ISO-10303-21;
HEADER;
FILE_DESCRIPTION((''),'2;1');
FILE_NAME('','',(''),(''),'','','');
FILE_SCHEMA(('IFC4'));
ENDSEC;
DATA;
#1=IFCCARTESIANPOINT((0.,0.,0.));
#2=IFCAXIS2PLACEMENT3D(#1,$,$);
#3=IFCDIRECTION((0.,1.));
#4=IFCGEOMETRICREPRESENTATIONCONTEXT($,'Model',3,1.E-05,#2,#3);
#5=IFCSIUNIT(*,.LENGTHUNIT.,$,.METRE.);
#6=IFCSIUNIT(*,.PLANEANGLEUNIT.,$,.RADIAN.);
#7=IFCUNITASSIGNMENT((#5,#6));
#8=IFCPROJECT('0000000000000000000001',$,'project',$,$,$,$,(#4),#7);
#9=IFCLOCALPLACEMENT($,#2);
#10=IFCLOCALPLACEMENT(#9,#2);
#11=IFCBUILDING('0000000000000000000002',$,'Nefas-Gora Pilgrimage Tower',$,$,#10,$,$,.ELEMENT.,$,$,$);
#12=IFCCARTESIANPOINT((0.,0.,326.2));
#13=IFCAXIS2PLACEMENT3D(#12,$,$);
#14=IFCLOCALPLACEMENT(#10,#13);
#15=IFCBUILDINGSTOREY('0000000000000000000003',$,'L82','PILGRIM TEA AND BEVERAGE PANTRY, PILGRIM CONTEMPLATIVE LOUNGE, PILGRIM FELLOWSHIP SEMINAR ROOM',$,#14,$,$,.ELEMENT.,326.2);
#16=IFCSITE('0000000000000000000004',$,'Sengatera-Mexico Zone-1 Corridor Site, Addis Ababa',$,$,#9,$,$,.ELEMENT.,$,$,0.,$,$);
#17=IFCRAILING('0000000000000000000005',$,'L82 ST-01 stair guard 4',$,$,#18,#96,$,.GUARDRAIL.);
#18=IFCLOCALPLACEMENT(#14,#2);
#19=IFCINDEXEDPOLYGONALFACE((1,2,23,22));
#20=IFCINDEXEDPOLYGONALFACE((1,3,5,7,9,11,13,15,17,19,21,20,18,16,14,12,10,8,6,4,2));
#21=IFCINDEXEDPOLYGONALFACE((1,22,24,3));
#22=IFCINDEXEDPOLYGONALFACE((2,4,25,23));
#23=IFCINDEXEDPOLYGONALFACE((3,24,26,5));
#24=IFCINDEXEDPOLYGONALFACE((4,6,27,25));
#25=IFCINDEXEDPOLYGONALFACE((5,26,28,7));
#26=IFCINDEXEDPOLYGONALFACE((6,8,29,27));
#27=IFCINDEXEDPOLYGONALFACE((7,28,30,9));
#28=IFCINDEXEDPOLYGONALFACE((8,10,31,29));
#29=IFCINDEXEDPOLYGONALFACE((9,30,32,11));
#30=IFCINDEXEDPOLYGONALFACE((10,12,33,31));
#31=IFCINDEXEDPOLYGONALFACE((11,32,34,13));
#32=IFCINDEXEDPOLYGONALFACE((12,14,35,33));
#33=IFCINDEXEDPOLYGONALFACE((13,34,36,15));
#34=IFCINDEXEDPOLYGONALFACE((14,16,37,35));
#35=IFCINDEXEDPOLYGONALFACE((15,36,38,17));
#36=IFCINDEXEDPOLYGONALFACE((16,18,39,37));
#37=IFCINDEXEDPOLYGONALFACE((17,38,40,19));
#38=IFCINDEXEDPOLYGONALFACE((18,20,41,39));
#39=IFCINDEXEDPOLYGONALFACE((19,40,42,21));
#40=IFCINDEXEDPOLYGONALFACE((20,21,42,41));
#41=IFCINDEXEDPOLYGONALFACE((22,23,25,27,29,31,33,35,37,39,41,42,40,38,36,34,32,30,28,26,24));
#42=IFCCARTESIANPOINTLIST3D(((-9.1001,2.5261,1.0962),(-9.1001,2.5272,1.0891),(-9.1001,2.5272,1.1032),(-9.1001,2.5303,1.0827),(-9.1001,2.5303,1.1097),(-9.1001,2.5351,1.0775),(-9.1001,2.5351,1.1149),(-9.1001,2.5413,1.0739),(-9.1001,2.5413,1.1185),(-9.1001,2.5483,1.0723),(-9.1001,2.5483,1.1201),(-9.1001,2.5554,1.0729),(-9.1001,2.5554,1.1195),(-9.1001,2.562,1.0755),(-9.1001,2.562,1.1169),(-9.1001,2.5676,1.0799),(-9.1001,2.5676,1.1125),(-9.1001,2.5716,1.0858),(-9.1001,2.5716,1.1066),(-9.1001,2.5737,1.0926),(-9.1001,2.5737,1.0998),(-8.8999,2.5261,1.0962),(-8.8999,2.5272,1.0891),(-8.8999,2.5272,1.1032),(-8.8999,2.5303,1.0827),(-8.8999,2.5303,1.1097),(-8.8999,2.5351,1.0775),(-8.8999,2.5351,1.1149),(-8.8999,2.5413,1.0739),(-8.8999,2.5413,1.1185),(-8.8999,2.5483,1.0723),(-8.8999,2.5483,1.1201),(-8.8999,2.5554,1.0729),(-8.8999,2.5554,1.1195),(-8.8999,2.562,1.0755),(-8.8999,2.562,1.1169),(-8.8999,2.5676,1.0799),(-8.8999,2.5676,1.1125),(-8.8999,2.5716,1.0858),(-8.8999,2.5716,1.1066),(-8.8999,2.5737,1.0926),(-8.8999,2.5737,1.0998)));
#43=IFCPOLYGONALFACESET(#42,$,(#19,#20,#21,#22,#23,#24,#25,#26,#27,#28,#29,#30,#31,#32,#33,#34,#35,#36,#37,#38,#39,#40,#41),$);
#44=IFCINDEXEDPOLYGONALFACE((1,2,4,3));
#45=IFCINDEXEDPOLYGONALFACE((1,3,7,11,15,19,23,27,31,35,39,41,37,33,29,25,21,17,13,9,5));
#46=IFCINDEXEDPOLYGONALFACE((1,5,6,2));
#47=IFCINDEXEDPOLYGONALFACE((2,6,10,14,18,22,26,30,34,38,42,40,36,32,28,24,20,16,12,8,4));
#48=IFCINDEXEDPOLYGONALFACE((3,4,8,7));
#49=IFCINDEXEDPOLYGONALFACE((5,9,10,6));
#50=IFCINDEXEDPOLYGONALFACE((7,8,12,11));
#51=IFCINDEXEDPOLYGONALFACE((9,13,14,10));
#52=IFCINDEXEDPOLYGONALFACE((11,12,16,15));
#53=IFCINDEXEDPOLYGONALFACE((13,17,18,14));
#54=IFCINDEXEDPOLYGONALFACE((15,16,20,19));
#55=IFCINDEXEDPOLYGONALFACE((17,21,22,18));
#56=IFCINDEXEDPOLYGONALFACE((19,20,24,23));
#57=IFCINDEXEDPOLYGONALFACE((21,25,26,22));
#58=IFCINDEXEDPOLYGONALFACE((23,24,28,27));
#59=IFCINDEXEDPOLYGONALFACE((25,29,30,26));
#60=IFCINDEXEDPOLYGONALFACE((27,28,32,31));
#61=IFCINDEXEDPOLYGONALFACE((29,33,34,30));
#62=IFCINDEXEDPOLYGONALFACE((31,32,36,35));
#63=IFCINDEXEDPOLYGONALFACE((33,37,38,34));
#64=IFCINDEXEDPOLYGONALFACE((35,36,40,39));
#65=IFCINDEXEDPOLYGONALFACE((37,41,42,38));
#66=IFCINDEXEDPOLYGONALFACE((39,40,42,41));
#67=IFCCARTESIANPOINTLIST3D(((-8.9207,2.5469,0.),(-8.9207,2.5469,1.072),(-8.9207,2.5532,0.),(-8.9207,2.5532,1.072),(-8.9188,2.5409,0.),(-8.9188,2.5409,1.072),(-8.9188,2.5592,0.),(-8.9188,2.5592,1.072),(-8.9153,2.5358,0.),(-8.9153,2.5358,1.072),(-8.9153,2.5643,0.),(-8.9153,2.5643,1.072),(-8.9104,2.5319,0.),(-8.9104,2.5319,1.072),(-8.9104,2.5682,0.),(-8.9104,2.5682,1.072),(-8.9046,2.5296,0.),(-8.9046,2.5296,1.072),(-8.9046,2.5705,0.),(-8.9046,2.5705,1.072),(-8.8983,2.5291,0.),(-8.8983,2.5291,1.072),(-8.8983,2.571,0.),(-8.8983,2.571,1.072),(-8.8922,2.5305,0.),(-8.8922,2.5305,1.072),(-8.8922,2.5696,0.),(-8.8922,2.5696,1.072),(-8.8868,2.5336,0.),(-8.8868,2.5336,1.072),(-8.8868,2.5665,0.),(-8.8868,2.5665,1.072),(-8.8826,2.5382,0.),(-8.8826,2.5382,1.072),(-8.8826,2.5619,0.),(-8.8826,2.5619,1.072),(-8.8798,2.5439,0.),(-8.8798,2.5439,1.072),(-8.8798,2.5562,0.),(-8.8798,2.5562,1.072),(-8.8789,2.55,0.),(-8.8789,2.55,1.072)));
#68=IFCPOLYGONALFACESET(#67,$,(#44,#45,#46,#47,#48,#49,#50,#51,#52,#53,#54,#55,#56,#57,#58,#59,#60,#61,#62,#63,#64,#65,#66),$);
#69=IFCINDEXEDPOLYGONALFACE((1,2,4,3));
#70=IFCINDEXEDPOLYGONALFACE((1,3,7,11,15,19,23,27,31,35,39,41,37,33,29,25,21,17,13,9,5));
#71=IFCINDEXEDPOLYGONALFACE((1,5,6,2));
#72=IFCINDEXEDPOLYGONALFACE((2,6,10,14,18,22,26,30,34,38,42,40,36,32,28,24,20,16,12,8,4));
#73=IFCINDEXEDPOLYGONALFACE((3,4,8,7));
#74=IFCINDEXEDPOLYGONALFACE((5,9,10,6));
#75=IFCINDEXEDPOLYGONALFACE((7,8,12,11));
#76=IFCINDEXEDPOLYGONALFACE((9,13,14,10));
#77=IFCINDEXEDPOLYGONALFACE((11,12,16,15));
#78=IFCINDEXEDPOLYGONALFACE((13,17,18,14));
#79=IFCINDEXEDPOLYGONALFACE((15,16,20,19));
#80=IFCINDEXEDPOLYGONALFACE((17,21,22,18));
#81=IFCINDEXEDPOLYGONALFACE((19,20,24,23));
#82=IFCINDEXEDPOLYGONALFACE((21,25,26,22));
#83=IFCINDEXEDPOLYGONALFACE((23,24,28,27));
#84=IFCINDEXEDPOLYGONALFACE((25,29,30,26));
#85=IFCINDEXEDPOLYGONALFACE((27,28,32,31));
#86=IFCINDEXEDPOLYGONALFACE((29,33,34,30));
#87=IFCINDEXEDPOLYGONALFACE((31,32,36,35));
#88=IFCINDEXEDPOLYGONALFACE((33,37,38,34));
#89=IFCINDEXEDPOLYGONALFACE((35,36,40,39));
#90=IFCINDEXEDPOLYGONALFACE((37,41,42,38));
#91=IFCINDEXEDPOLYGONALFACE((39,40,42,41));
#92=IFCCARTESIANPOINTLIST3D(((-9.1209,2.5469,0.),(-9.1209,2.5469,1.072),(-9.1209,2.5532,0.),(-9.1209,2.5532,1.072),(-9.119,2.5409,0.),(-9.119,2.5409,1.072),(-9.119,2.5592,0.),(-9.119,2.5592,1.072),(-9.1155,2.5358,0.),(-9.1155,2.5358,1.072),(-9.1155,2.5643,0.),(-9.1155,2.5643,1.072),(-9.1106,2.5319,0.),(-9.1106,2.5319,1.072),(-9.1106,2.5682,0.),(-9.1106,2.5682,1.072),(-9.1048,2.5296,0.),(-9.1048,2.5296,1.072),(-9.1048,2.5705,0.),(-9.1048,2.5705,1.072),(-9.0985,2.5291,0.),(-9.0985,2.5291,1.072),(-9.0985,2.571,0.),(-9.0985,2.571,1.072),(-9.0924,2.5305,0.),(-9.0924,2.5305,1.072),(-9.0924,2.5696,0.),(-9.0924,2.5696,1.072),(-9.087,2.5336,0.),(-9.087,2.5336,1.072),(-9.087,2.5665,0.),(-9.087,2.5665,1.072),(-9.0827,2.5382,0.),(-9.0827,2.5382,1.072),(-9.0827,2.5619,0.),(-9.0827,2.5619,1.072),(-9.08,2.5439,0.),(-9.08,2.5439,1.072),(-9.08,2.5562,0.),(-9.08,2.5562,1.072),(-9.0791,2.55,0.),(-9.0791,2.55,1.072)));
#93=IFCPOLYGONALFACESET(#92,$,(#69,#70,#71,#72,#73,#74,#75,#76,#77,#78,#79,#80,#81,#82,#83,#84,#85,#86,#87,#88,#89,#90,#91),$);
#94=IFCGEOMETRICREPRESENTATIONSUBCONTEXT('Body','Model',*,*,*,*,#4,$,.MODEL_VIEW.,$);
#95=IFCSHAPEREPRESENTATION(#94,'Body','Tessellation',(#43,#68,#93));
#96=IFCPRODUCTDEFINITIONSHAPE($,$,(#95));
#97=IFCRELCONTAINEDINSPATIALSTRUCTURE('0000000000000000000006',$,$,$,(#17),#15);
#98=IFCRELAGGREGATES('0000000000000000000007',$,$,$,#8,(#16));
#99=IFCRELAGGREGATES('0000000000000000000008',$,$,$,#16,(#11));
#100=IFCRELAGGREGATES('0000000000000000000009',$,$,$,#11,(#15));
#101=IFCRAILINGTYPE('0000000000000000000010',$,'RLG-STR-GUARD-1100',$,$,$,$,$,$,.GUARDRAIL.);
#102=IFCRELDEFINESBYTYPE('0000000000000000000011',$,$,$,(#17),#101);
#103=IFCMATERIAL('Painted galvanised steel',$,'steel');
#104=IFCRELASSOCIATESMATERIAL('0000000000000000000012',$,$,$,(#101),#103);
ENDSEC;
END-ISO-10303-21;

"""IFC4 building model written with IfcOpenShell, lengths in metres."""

from ifc_helpers import new_model, si_unit, direction, frame, origin, origin_2d, place, context, subcontext, project, spatial, circle, extrude, material, type_object, element, save


model = new_model("IFC4")

# Units and contexts
model_context = context("Model", 3, precision=1e-05, world=origin(), true_north=direction((0.0, 1.0)))
body_context = subcontext(model_context, "Body", "Model", "MODEL_VIEW")
ifc_project = project(units=[si_unit("LENGTHUNIT", "METRE"), si_unit("PLANEANGLEUNIT", "RADIAN")], contexts=[model_context])

# Site, building, storey
site_placement = place(None, origin())
site = spatial("IfcSite", under=ifc_project, at=site_placement, Name="Sengatera-Mexico Zone-1 Corridor Site, Addis Ababa", CompositionType="ELEMENT", RefElevation=0.0)
building_placement = place(site_placement, origin())
building = spatial("IfcBuilding", under=site, at=building_placement, Name="Nefas-Gora Pilgrimage Tower", CompositionType="ELEMENT")
storey_placement = place(building_placement, frame((0.0, 0.0, 326.2)))
storey = spatial("IfcBuildingStorey", under=building, at=storey_placement, Name="L82", Description="PILGRIM TEA AND BEVERAGE PANTRY, PILGRIM CONTEMPLATIVE LOUNGE, PILGRIM FELLOWSHIP SEMINAR ROOM", CompositionType="ELEMENT", Elevation=326.2)

# Railing
ifc_material_1 = material(Name="Painted galvanised steel", Category="steel")
railing_type_1 = type_object("IfcRailingType", Name="RLG-STR-GUARD-1100", PredefinedType="GUARDRAIL", material=ifc_material_1)
railing_1_placement = place(storey_placement, frame((-8.8999, 2.55, 0.0)))
element("IfcRailing", 1, at=railing_1_placement, inside=storey, type_object=railing_type_1, Name="L82 ST-01 stair guard 4", PredefinedType="GUARDRAIL", context=body_context, shape_type="SweptSolid", body=[
    extrude(circle(Radius=0.0239, at=origin_2d()), frame((0.0, 0.0, 1.0962), z_axis=(-1.0, 0.0, 0.0), x_axis=(0.0, -1.0, 0.0)), (0.0, 0.0, 1.0), 0.2002),
    extrude(circle(Radius=0.021, at=origin_2d()), origin(), (0.0, 0.0, 1.0), 1.072),
    extrude(circle(Radius=0.021, at=origin_2d()), frame((-0.2002, 0.0, 0.0)), (0.0, 0.0, 1.0), 1.072),
])

save(model, "model.ifc")
